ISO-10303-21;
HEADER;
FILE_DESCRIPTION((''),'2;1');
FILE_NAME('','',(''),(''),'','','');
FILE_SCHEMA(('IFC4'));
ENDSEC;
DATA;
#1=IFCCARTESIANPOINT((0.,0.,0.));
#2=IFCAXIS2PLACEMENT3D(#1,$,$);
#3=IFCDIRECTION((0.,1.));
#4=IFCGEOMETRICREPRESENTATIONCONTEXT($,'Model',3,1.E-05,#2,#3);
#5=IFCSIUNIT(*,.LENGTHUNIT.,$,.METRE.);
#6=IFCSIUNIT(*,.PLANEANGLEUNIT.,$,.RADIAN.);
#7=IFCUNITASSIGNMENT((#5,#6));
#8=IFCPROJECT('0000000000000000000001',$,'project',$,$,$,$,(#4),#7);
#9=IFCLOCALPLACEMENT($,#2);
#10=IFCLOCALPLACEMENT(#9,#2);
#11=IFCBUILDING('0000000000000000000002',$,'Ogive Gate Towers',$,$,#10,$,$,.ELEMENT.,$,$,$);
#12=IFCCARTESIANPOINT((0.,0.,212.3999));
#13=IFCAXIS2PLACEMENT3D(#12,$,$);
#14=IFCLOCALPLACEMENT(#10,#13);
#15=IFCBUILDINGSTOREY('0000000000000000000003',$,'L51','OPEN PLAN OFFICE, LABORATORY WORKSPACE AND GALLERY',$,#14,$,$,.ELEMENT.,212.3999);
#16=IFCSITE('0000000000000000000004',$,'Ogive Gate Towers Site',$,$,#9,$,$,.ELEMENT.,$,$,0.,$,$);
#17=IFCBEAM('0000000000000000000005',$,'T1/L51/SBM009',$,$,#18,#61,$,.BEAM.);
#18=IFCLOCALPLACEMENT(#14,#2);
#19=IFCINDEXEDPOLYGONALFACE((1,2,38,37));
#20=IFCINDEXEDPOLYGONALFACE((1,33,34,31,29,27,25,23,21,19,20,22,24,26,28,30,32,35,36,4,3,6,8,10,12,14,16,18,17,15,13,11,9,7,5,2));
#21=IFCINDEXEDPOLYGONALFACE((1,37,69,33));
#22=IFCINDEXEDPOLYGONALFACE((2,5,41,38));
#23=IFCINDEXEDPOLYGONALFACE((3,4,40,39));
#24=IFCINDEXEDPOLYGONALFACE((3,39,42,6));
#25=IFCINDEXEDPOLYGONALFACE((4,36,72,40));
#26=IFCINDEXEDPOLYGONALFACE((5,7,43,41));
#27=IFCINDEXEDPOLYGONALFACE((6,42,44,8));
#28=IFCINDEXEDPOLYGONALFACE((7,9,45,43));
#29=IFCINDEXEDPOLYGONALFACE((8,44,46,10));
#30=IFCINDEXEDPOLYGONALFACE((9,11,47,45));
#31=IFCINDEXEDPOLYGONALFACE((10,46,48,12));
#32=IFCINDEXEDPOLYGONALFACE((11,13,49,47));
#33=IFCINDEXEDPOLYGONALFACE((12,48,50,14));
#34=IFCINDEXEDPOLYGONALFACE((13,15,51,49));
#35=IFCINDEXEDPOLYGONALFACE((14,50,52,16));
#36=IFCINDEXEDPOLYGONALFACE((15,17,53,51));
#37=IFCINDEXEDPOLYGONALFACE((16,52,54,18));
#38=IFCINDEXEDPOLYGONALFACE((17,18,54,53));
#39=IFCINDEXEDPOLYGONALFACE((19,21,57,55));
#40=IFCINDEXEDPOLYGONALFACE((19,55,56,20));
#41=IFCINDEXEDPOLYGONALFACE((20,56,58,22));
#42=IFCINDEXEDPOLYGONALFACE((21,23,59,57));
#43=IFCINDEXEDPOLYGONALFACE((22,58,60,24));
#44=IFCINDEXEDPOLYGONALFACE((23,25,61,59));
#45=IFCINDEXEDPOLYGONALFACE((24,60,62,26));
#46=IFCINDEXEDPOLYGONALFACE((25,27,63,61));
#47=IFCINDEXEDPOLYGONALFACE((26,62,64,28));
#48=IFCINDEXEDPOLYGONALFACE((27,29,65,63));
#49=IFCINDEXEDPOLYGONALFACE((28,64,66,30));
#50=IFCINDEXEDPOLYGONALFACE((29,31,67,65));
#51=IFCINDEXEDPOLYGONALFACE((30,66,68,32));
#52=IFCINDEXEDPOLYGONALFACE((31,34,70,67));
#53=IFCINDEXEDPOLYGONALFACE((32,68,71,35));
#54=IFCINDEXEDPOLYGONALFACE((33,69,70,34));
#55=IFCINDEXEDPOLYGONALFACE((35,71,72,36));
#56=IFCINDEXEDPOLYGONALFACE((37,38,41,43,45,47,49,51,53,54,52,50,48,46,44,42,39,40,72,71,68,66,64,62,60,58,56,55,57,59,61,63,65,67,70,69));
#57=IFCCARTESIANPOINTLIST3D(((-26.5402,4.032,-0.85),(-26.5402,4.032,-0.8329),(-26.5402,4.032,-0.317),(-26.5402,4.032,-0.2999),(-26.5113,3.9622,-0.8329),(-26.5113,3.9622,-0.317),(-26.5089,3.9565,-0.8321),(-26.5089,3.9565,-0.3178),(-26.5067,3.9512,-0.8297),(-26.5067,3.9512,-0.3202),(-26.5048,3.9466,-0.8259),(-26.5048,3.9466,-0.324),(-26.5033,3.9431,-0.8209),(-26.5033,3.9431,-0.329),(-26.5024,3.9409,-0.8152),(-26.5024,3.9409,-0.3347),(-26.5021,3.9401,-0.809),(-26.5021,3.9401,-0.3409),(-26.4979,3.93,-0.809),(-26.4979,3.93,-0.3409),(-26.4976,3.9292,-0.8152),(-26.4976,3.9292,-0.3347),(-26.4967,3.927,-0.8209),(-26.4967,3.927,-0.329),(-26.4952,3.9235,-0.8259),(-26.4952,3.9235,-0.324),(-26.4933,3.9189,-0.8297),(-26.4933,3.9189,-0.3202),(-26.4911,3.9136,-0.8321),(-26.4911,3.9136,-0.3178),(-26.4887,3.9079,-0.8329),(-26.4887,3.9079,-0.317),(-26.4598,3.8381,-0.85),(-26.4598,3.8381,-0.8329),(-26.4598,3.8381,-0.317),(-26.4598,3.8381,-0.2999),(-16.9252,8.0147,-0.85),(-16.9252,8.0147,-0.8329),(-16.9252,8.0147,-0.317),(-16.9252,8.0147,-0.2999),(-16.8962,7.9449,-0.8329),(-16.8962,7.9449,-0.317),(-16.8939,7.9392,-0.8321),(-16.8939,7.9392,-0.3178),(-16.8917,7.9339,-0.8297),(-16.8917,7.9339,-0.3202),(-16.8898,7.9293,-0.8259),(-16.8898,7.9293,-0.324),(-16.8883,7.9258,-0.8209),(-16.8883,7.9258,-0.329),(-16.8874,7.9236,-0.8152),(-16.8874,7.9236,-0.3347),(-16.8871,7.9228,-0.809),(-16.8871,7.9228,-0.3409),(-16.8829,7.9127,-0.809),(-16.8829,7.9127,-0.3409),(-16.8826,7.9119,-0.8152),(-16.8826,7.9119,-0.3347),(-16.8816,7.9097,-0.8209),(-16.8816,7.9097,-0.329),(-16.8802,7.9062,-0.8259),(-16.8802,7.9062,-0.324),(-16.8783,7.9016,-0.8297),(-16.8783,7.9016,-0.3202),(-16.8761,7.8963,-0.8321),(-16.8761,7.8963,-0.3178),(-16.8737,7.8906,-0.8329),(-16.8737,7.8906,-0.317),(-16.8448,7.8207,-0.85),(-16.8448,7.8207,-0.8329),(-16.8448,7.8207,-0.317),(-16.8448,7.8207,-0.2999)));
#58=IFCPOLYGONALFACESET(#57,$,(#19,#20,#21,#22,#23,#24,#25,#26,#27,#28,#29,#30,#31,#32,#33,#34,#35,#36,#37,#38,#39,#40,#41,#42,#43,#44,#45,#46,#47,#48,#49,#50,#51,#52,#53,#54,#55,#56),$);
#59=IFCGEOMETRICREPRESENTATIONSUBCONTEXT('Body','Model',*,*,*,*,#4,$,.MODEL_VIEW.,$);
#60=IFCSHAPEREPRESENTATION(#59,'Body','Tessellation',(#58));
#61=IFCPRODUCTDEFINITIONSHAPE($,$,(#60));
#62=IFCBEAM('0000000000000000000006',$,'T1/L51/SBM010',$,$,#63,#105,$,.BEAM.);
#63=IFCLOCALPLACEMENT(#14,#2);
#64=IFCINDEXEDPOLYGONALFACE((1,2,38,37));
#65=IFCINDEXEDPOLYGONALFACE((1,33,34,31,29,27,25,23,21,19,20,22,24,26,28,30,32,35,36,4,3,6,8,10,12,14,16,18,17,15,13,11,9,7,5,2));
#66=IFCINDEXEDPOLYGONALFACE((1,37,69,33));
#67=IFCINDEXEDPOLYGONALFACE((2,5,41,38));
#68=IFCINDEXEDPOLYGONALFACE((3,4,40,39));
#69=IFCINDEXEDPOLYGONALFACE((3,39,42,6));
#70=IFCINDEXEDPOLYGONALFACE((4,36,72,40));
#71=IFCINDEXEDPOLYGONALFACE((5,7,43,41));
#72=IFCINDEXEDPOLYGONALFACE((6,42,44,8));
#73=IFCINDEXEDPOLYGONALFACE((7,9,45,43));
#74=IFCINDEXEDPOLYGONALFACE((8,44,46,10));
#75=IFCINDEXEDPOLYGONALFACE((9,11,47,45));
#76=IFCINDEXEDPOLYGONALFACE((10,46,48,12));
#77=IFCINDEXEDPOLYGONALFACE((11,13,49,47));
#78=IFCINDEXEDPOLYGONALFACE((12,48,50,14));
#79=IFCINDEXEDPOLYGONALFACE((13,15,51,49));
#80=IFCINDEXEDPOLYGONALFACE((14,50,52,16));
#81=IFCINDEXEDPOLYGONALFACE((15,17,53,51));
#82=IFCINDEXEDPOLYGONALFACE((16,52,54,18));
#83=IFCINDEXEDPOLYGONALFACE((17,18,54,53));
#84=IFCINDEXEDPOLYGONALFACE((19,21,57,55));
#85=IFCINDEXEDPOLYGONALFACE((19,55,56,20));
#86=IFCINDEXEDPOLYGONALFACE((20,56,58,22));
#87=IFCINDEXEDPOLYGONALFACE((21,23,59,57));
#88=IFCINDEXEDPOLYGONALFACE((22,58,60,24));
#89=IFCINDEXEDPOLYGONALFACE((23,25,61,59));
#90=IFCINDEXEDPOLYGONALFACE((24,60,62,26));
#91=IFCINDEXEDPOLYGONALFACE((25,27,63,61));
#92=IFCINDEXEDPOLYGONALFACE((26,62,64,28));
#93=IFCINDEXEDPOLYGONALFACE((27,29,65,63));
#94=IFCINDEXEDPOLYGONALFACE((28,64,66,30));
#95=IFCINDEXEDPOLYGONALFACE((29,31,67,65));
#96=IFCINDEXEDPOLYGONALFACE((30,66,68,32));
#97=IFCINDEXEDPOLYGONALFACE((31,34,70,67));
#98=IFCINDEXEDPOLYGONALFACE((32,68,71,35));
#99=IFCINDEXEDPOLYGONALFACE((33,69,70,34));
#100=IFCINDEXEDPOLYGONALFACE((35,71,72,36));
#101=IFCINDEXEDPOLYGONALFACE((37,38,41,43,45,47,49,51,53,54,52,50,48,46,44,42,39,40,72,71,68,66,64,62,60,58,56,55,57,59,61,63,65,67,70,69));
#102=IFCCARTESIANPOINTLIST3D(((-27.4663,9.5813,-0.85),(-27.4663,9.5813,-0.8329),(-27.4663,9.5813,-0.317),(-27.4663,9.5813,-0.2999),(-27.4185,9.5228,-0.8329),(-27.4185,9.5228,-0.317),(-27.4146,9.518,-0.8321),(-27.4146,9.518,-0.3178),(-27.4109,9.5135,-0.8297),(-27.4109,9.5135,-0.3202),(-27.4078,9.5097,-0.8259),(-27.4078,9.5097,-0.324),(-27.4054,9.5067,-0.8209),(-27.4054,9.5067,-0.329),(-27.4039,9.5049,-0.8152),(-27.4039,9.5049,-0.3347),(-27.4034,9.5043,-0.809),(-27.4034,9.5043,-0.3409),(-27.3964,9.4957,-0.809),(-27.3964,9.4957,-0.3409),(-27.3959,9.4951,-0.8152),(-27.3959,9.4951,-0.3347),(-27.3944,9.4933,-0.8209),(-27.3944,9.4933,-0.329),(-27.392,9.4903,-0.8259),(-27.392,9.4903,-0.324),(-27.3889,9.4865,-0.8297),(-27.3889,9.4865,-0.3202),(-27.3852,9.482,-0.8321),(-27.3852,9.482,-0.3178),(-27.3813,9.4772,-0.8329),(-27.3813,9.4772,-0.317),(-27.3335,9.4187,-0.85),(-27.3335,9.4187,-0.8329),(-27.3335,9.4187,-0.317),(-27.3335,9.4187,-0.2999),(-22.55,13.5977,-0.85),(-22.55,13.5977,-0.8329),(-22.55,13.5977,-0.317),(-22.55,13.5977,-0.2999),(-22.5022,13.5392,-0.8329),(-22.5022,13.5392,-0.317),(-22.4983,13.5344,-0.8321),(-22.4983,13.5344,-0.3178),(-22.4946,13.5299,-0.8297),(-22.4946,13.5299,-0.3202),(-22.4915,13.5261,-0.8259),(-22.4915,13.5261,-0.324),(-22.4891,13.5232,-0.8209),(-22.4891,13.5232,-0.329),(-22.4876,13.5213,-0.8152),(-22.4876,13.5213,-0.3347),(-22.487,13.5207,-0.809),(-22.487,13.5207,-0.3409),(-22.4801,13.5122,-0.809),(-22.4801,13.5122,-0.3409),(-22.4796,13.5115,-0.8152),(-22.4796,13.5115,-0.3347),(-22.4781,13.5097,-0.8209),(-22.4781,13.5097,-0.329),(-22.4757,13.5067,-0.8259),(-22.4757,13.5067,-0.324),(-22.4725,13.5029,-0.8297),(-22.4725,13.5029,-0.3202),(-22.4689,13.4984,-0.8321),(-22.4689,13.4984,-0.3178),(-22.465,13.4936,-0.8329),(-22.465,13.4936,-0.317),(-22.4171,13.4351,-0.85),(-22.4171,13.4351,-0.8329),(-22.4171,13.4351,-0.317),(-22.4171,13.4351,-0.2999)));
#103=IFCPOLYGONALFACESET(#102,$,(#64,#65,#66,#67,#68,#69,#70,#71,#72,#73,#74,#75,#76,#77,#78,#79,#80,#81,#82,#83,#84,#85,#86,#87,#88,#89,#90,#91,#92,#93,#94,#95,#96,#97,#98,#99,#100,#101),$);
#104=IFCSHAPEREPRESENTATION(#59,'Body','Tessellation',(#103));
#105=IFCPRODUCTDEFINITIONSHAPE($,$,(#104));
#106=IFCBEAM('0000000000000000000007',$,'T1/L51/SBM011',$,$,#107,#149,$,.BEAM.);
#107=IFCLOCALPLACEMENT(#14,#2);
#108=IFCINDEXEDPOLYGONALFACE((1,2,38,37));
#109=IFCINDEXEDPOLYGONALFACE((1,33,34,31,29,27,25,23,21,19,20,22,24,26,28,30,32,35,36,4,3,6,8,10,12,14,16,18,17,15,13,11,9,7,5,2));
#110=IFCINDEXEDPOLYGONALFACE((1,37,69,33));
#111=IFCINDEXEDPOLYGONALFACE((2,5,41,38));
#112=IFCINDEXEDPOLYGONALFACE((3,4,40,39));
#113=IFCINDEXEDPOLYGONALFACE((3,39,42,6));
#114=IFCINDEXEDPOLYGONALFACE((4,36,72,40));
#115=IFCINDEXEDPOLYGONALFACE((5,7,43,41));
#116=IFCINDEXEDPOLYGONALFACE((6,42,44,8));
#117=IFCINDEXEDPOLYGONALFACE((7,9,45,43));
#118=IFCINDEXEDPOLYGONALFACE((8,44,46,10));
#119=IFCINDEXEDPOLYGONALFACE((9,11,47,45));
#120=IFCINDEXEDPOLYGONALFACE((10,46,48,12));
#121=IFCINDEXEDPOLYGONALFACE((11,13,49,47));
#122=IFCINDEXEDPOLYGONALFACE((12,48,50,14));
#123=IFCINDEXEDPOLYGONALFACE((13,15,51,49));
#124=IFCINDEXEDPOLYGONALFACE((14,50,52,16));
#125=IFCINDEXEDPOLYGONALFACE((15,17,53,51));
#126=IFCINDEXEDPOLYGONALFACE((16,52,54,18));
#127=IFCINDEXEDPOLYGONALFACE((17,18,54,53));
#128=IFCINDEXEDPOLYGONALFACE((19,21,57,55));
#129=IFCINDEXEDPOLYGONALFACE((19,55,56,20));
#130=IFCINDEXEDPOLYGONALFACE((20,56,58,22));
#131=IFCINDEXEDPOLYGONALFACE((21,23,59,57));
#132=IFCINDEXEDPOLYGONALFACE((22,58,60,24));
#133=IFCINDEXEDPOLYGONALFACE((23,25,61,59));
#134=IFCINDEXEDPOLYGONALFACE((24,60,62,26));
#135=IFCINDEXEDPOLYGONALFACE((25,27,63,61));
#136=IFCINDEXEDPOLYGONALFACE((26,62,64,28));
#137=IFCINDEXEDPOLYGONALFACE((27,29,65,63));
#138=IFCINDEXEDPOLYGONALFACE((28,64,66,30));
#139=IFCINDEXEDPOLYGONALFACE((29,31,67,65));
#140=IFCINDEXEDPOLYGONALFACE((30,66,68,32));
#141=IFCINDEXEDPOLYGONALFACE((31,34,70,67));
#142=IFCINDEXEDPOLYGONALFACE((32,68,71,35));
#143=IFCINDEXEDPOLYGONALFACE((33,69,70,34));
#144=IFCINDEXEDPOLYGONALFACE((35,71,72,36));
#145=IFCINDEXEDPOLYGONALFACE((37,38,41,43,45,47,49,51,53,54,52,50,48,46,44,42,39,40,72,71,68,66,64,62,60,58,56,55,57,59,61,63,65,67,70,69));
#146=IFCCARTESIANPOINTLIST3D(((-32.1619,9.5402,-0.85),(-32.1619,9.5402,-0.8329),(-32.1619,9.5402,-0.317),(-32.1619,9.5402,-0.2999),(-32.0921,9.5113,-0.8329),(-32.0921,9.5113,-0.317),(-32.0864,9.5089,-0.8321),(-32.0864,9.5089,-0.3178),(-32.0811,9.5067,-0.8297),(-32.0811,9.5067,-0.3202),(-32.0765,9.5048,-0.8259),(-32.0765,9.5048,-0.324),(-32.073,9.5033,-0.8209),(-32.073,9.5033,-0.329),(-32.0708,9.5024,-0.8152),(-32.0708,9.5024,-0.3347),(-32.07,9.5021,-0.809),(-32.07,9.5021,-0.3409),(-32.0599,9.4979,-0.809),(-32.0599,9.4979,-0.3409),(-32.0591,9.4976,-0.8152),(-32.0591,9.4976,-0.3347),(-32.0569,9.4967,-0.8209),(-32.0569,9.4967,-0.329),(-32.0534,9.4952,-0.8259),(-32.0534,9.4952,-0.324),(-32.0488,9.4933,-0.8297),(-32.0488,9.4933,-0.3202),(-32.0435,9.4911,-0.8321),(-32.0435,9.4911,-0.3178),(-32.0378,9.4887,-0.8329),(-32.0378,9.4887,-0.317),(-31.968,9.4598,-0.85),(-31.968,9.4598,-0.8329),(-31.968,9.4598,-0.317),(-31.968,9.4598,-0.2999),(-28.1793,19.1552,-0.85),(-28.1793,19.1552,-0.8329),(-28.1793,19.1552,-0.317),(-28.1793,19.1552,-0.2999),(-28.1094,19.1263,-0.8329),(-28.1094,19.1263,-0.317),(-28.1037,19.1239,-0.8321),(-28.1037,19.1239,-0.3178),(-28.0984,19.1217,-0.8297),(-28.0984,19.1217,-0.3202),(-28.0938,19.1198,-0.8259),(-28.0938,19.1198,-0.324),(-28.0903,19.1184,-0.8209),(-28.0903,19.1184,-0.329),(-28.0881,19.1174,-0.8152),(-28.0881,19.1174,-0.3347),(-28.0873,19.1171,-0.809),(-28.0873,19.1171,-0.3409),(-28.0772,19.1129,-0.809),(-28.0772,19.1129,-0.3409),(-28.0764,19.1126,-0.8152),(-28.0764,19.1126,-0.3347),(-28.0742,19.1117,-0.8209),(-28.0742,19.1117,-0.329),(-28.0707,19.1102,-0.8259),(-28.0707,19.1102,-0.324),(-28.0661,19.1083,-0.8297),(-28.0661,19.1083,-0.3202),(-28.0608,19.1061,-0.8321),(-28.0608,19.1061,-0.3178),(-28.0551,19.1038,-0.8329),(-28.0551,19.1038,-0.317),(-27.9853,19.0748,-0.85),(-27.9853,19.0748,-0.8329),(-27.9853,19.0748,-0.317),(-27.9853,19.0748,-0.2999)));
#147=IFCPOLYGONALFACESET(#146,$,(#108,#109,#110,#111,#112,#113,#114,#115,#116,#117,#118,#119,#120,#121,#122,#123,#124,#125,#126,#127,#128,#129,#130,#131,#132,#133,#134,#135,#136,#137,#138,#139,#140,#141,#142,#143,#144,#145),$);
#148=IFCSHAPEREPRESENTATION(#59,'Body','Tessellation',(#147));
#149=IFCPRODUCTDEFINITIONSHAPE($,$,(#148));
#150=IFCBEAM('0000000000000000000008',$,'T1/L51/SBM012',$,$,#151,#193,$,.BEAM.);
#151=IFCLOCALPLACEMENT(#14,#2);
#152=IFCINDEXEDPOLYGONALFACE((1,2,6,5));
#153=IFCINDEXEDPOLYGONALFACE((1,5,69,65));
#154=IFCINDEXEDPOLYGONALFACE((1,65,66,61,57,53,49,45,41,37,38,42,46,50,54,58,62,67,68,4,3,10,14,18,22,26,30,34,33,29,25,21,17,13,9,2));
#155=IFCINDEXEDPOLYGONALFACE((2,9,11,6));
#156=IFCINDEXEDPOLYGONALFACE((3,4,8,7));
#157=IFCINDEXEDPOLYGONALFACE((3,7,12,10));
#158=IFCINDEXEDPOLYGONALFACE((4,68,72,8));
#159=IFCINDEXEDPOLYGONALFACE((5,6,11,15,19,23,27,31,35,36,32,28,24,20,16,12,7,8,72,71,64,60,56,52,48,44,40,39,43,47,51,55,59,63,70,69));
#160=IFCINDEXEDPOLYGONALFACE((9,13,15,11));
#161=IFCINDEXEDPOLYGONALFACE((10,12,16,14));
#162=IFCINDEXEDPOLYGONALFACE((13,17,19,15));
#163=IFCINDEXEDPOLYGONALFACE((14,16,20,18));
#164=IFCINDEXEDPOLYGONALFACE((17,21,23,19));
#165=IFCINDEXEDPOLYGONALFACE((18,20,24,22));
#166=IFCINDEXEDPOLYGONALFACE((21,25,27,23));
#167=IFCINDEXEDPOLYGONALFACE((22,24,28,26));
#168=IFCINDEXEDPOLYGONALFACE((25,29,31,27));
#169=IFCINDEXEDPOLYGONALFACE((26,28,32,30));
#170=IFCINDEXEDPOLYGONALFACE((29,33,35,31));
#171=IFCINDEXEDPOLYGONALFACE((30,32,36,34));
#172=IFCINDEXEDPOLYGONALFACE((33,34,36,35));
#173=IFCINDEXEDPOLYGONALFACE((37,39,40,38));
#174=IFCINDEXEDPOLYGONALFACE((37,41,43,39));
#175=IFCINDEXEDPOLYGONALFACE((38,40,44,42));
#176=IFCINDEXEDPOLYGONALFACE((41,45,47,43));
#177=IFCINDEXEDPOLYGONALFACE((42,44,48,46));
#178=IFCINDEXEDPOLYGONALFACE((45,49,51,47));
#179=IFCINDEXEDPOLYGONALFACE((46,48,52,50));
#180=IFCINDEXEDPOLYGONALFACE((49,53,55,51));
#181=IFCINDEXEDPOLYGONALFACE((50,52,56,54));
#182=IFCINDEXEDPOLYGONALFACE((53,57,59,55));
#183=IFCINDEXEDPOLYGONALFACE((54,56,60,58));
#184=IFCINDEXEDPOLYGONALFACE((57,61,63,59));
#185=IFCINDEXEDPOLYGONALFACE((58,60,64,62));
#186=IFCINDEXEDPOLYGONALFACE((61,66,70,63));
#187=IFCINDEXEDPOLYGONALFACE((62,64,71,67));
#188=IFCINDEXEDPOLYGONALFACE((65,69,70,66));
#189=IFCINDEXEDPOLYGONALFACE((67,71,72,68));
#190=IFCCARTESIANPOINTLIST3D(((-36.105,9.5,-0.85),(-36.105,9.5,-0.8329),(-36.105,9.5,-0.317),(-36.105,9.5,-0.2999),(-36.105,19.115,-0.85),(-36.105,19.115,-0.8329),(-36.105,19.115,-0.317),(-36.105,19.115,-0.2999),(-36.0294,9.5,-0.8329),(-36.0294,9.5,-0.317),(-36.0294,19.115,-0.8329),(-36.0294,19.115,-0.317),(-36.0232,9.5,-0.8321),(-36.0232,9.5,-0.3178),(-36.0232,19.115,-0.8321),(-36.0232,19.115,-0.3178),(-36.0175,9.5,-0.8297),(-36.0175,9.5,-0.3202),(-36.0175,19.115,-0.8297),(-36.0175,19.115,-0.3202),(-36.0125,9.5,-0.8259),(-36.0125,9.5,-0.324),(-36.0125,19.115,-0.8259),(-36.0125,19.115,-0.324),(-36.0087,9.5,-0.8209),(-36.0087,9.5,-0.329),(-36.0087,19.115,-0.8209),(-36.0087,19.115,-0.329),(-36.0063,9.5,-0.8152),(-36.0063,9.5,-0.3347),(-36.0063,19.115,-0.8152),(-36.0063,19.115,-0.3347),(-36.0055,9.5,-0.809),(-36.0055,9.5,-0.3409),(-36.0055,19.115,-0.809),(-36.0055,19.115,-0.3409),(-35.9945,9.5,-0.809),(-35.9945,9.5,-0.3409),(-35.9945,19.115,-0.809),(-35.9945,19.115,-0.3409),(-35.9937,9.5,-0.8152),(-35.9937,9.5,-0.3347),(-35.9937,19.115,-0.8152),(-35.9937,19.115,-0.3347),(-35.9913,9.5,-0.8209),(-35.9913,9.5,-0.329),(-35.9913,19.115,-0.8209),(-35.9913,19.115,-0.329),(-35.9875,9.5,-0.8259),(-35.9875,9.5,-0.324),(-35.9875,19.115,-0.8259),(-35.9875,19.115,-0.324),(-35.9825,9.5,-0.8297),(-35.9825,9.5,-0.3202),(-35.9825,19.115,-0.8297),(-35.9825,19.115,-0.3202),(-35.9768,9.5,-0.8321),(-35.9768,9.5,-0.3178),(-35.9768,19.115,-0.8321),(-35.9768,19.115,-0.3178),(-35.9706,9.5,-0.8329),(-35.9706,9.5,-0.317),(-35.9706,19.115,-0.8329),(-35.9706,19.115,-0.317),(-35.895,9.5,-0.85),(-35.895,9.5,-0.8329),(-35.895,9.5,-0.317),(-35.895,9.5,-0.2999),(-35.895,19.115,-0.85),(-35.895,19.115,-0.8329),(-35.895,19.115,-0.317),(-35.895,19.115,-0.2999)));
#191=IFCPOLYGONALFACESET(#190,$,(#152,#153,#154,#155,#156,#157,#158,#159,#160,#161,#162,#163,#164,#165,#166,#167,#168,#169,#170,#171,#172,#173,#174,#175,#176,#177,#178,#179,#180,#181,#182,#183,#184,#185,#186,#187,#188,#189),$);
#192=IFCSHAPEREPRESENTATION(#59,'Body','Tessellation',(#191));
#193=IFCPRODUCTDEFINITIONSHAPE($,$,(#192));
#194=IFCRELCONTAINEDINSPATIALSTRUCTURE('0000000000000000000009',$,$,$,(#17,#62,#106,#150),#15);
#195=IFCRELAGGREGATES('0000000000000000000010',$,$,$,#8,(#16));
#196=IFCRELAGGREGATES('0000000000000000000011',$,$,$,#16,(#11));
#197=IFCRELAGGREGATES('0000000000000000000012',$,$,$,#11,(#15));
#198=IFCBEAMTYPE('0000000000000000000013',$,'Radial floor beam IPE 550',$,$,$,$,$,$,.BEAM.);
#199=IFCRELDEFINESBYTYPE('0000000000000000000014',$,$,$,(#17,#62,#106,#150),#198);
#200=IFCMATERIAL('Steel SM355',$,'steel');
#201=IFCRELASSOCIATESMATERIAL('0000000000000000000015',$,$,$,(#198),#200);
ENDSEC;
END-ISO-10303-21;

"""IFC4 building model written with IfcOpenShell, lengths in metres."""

from ifc_helpers import new_model, si_unit, direction, frame, origin, origin_2d, place, context, subcontext, project, spatial, i_section, extrude, material, material_profile, profile_set, type_object, element, save


model = new_model("IFC4")

# Units and contexts
model_context = context("Model", 3, precision=1e-05, world=origin(), true_north=direction((0.0, 1.0)))
body_context = subcontext(model_context, "Body", "Model", "MODEL_VIEW")
ifc_project = project(units=[si_unit("LENGTHUNIT", "METRE"), si_unit("PLANEANGLEUNIT", "RADIAN")], contexts=[model_context])

# Site, building, storey
site_placement = place(None, origin())
site = spatial("IfcSite", under=ifc_project, at=site_placement, Name="Ogive Gate Towers Site", CompositionType="ELEMENT", RefElevation=0.0)
building_placement = place(site_placement, origin())
building = spatial("IfcBuilding", under=site, at=building_placement, Name="Ogive Gate Towers", CompositionType="ELEMENT")
storey_placement = place(building_placement, frame((0.0, 0.0, 212.3999)))
storey = spatial("IfcBuildingStorey", under=building, at=storey_placement, Name="L51", Description="OPEN PLAN OFFICE, LABORATORY WORKSPACE AND GALLERY", CompositionType="ELEMENT", Elevation=212.3999)

# Beams
ifc_material_1 = material(Name="Steel SM355", Category="steel")
ifc_material_profile_1 = material_profile(ifc_material_1, i_section(OverallWidth=0.21, OverallDepth=0.55, WebThickness=0.011, FlangeThickness=0.0171, FilletRadius=0.0239, at=origin_2d()), Name="IPE 550")
ifc_profile_set_1 = profile_set([ifc_material_profile_1], Name="Steel SM355")
beam_type_1 = type_object("IfcBeamType", Name="Radial floor beam IPE 550", PredefinedType="BEAM", material=ifc_profile_set_1)
beam_1_placement = place(storey_placement, frame((-26.5, 3.9351, -0.575), z_axis=(0.923879, 0.382684, 0.0), x_axis=(-0.382684, 0.923879, 0.0)))
element("IfcBeam", 1, at=beam_1_placement, inside=storey, type_object=beam_type_1, Name="T1/L51/SBM009", PredefinedType="BEAM", context=body_context, shape_type="SweptSolid", body=[
    extrude(i_section(OverallWidth=0.21, OverallDepth=0.55, WebThickness=0.011, FlangeThickness=0.0171, FilletRadius=0.0239, at=origin_2d()), origin(), (0.0, 0.0, 1.0), 10.4072),
])
beam_2_placement = place(storey_placement, frame((-27.3999, 9.5, -0.575), z_axis=(0.774423, 0.632668, 0.0), x_axis=(-0.632668, 0.774423, 0.0)))
element("IfcBeam", 2, at=beam_2_placement, inside=storey, type_object=beam_type_1, Name="T1/L51/SBM010", PredefinedType="BEAM", context=body_context, shape_type="SweptSolid", body=[
    extrude(i_section(OverallWidth=0.21, OverallDepth=0.55, WebThickness=0.011, FlangeThickness=0.0171, FilletRadius=0.0239, at=origin_2d()), origin(), (0.0, 0.0, 1.0), 6.3484),
])
beam_3_placement = place(storey_placement, frame((-32.0649, 9.5, -0.575), z_axis=(0.382684, 0.923879, 0.0), x_axis=(-0.923879, 0.382684, 0.0)))
element("IfcBeam", 3, at=beam_3_placement, inside=storey, type_object=beam_type_1, Name="T1/L51/SBM011", PredefinedType="BEAM", context=body_context, shape_type="SweptSolid", body=[
    extrude(i_section(OverallWidth=0.21, OverallDepth=0.55, WebThickness=0.011, FlangeThickness=0.0171, FilletRadius=0.0239, at=origin_2d()), origin(), (0.0, 0.0, 1.0), 10.4072),
])
beam_4_placement = place(storey_placement, frame((-36.0, 9.5, -0.575), z_axis=(0.0, 1.0, 0.0), x_axis=(-1.0, 0.0, 0.0)))
element("IfcBeam", 4, at=beam_4_placement, inside=storey, type_object=beam_type_1, Name="T1/L51/SBM012", PredefinedType="BEAM", context=body_context, shape_type="SweptSolid", body=[
    extrude(i_section(OverallWidth=0.21, OverallDepth=0.55, WebThickness=0.011, FlangeThickness=0.0171, FilletRadius=0.0239, at=origin_2d()), origin(), (0.0, 0.0, 1.0), 9.615),
])

save(model, "model.ifc")
